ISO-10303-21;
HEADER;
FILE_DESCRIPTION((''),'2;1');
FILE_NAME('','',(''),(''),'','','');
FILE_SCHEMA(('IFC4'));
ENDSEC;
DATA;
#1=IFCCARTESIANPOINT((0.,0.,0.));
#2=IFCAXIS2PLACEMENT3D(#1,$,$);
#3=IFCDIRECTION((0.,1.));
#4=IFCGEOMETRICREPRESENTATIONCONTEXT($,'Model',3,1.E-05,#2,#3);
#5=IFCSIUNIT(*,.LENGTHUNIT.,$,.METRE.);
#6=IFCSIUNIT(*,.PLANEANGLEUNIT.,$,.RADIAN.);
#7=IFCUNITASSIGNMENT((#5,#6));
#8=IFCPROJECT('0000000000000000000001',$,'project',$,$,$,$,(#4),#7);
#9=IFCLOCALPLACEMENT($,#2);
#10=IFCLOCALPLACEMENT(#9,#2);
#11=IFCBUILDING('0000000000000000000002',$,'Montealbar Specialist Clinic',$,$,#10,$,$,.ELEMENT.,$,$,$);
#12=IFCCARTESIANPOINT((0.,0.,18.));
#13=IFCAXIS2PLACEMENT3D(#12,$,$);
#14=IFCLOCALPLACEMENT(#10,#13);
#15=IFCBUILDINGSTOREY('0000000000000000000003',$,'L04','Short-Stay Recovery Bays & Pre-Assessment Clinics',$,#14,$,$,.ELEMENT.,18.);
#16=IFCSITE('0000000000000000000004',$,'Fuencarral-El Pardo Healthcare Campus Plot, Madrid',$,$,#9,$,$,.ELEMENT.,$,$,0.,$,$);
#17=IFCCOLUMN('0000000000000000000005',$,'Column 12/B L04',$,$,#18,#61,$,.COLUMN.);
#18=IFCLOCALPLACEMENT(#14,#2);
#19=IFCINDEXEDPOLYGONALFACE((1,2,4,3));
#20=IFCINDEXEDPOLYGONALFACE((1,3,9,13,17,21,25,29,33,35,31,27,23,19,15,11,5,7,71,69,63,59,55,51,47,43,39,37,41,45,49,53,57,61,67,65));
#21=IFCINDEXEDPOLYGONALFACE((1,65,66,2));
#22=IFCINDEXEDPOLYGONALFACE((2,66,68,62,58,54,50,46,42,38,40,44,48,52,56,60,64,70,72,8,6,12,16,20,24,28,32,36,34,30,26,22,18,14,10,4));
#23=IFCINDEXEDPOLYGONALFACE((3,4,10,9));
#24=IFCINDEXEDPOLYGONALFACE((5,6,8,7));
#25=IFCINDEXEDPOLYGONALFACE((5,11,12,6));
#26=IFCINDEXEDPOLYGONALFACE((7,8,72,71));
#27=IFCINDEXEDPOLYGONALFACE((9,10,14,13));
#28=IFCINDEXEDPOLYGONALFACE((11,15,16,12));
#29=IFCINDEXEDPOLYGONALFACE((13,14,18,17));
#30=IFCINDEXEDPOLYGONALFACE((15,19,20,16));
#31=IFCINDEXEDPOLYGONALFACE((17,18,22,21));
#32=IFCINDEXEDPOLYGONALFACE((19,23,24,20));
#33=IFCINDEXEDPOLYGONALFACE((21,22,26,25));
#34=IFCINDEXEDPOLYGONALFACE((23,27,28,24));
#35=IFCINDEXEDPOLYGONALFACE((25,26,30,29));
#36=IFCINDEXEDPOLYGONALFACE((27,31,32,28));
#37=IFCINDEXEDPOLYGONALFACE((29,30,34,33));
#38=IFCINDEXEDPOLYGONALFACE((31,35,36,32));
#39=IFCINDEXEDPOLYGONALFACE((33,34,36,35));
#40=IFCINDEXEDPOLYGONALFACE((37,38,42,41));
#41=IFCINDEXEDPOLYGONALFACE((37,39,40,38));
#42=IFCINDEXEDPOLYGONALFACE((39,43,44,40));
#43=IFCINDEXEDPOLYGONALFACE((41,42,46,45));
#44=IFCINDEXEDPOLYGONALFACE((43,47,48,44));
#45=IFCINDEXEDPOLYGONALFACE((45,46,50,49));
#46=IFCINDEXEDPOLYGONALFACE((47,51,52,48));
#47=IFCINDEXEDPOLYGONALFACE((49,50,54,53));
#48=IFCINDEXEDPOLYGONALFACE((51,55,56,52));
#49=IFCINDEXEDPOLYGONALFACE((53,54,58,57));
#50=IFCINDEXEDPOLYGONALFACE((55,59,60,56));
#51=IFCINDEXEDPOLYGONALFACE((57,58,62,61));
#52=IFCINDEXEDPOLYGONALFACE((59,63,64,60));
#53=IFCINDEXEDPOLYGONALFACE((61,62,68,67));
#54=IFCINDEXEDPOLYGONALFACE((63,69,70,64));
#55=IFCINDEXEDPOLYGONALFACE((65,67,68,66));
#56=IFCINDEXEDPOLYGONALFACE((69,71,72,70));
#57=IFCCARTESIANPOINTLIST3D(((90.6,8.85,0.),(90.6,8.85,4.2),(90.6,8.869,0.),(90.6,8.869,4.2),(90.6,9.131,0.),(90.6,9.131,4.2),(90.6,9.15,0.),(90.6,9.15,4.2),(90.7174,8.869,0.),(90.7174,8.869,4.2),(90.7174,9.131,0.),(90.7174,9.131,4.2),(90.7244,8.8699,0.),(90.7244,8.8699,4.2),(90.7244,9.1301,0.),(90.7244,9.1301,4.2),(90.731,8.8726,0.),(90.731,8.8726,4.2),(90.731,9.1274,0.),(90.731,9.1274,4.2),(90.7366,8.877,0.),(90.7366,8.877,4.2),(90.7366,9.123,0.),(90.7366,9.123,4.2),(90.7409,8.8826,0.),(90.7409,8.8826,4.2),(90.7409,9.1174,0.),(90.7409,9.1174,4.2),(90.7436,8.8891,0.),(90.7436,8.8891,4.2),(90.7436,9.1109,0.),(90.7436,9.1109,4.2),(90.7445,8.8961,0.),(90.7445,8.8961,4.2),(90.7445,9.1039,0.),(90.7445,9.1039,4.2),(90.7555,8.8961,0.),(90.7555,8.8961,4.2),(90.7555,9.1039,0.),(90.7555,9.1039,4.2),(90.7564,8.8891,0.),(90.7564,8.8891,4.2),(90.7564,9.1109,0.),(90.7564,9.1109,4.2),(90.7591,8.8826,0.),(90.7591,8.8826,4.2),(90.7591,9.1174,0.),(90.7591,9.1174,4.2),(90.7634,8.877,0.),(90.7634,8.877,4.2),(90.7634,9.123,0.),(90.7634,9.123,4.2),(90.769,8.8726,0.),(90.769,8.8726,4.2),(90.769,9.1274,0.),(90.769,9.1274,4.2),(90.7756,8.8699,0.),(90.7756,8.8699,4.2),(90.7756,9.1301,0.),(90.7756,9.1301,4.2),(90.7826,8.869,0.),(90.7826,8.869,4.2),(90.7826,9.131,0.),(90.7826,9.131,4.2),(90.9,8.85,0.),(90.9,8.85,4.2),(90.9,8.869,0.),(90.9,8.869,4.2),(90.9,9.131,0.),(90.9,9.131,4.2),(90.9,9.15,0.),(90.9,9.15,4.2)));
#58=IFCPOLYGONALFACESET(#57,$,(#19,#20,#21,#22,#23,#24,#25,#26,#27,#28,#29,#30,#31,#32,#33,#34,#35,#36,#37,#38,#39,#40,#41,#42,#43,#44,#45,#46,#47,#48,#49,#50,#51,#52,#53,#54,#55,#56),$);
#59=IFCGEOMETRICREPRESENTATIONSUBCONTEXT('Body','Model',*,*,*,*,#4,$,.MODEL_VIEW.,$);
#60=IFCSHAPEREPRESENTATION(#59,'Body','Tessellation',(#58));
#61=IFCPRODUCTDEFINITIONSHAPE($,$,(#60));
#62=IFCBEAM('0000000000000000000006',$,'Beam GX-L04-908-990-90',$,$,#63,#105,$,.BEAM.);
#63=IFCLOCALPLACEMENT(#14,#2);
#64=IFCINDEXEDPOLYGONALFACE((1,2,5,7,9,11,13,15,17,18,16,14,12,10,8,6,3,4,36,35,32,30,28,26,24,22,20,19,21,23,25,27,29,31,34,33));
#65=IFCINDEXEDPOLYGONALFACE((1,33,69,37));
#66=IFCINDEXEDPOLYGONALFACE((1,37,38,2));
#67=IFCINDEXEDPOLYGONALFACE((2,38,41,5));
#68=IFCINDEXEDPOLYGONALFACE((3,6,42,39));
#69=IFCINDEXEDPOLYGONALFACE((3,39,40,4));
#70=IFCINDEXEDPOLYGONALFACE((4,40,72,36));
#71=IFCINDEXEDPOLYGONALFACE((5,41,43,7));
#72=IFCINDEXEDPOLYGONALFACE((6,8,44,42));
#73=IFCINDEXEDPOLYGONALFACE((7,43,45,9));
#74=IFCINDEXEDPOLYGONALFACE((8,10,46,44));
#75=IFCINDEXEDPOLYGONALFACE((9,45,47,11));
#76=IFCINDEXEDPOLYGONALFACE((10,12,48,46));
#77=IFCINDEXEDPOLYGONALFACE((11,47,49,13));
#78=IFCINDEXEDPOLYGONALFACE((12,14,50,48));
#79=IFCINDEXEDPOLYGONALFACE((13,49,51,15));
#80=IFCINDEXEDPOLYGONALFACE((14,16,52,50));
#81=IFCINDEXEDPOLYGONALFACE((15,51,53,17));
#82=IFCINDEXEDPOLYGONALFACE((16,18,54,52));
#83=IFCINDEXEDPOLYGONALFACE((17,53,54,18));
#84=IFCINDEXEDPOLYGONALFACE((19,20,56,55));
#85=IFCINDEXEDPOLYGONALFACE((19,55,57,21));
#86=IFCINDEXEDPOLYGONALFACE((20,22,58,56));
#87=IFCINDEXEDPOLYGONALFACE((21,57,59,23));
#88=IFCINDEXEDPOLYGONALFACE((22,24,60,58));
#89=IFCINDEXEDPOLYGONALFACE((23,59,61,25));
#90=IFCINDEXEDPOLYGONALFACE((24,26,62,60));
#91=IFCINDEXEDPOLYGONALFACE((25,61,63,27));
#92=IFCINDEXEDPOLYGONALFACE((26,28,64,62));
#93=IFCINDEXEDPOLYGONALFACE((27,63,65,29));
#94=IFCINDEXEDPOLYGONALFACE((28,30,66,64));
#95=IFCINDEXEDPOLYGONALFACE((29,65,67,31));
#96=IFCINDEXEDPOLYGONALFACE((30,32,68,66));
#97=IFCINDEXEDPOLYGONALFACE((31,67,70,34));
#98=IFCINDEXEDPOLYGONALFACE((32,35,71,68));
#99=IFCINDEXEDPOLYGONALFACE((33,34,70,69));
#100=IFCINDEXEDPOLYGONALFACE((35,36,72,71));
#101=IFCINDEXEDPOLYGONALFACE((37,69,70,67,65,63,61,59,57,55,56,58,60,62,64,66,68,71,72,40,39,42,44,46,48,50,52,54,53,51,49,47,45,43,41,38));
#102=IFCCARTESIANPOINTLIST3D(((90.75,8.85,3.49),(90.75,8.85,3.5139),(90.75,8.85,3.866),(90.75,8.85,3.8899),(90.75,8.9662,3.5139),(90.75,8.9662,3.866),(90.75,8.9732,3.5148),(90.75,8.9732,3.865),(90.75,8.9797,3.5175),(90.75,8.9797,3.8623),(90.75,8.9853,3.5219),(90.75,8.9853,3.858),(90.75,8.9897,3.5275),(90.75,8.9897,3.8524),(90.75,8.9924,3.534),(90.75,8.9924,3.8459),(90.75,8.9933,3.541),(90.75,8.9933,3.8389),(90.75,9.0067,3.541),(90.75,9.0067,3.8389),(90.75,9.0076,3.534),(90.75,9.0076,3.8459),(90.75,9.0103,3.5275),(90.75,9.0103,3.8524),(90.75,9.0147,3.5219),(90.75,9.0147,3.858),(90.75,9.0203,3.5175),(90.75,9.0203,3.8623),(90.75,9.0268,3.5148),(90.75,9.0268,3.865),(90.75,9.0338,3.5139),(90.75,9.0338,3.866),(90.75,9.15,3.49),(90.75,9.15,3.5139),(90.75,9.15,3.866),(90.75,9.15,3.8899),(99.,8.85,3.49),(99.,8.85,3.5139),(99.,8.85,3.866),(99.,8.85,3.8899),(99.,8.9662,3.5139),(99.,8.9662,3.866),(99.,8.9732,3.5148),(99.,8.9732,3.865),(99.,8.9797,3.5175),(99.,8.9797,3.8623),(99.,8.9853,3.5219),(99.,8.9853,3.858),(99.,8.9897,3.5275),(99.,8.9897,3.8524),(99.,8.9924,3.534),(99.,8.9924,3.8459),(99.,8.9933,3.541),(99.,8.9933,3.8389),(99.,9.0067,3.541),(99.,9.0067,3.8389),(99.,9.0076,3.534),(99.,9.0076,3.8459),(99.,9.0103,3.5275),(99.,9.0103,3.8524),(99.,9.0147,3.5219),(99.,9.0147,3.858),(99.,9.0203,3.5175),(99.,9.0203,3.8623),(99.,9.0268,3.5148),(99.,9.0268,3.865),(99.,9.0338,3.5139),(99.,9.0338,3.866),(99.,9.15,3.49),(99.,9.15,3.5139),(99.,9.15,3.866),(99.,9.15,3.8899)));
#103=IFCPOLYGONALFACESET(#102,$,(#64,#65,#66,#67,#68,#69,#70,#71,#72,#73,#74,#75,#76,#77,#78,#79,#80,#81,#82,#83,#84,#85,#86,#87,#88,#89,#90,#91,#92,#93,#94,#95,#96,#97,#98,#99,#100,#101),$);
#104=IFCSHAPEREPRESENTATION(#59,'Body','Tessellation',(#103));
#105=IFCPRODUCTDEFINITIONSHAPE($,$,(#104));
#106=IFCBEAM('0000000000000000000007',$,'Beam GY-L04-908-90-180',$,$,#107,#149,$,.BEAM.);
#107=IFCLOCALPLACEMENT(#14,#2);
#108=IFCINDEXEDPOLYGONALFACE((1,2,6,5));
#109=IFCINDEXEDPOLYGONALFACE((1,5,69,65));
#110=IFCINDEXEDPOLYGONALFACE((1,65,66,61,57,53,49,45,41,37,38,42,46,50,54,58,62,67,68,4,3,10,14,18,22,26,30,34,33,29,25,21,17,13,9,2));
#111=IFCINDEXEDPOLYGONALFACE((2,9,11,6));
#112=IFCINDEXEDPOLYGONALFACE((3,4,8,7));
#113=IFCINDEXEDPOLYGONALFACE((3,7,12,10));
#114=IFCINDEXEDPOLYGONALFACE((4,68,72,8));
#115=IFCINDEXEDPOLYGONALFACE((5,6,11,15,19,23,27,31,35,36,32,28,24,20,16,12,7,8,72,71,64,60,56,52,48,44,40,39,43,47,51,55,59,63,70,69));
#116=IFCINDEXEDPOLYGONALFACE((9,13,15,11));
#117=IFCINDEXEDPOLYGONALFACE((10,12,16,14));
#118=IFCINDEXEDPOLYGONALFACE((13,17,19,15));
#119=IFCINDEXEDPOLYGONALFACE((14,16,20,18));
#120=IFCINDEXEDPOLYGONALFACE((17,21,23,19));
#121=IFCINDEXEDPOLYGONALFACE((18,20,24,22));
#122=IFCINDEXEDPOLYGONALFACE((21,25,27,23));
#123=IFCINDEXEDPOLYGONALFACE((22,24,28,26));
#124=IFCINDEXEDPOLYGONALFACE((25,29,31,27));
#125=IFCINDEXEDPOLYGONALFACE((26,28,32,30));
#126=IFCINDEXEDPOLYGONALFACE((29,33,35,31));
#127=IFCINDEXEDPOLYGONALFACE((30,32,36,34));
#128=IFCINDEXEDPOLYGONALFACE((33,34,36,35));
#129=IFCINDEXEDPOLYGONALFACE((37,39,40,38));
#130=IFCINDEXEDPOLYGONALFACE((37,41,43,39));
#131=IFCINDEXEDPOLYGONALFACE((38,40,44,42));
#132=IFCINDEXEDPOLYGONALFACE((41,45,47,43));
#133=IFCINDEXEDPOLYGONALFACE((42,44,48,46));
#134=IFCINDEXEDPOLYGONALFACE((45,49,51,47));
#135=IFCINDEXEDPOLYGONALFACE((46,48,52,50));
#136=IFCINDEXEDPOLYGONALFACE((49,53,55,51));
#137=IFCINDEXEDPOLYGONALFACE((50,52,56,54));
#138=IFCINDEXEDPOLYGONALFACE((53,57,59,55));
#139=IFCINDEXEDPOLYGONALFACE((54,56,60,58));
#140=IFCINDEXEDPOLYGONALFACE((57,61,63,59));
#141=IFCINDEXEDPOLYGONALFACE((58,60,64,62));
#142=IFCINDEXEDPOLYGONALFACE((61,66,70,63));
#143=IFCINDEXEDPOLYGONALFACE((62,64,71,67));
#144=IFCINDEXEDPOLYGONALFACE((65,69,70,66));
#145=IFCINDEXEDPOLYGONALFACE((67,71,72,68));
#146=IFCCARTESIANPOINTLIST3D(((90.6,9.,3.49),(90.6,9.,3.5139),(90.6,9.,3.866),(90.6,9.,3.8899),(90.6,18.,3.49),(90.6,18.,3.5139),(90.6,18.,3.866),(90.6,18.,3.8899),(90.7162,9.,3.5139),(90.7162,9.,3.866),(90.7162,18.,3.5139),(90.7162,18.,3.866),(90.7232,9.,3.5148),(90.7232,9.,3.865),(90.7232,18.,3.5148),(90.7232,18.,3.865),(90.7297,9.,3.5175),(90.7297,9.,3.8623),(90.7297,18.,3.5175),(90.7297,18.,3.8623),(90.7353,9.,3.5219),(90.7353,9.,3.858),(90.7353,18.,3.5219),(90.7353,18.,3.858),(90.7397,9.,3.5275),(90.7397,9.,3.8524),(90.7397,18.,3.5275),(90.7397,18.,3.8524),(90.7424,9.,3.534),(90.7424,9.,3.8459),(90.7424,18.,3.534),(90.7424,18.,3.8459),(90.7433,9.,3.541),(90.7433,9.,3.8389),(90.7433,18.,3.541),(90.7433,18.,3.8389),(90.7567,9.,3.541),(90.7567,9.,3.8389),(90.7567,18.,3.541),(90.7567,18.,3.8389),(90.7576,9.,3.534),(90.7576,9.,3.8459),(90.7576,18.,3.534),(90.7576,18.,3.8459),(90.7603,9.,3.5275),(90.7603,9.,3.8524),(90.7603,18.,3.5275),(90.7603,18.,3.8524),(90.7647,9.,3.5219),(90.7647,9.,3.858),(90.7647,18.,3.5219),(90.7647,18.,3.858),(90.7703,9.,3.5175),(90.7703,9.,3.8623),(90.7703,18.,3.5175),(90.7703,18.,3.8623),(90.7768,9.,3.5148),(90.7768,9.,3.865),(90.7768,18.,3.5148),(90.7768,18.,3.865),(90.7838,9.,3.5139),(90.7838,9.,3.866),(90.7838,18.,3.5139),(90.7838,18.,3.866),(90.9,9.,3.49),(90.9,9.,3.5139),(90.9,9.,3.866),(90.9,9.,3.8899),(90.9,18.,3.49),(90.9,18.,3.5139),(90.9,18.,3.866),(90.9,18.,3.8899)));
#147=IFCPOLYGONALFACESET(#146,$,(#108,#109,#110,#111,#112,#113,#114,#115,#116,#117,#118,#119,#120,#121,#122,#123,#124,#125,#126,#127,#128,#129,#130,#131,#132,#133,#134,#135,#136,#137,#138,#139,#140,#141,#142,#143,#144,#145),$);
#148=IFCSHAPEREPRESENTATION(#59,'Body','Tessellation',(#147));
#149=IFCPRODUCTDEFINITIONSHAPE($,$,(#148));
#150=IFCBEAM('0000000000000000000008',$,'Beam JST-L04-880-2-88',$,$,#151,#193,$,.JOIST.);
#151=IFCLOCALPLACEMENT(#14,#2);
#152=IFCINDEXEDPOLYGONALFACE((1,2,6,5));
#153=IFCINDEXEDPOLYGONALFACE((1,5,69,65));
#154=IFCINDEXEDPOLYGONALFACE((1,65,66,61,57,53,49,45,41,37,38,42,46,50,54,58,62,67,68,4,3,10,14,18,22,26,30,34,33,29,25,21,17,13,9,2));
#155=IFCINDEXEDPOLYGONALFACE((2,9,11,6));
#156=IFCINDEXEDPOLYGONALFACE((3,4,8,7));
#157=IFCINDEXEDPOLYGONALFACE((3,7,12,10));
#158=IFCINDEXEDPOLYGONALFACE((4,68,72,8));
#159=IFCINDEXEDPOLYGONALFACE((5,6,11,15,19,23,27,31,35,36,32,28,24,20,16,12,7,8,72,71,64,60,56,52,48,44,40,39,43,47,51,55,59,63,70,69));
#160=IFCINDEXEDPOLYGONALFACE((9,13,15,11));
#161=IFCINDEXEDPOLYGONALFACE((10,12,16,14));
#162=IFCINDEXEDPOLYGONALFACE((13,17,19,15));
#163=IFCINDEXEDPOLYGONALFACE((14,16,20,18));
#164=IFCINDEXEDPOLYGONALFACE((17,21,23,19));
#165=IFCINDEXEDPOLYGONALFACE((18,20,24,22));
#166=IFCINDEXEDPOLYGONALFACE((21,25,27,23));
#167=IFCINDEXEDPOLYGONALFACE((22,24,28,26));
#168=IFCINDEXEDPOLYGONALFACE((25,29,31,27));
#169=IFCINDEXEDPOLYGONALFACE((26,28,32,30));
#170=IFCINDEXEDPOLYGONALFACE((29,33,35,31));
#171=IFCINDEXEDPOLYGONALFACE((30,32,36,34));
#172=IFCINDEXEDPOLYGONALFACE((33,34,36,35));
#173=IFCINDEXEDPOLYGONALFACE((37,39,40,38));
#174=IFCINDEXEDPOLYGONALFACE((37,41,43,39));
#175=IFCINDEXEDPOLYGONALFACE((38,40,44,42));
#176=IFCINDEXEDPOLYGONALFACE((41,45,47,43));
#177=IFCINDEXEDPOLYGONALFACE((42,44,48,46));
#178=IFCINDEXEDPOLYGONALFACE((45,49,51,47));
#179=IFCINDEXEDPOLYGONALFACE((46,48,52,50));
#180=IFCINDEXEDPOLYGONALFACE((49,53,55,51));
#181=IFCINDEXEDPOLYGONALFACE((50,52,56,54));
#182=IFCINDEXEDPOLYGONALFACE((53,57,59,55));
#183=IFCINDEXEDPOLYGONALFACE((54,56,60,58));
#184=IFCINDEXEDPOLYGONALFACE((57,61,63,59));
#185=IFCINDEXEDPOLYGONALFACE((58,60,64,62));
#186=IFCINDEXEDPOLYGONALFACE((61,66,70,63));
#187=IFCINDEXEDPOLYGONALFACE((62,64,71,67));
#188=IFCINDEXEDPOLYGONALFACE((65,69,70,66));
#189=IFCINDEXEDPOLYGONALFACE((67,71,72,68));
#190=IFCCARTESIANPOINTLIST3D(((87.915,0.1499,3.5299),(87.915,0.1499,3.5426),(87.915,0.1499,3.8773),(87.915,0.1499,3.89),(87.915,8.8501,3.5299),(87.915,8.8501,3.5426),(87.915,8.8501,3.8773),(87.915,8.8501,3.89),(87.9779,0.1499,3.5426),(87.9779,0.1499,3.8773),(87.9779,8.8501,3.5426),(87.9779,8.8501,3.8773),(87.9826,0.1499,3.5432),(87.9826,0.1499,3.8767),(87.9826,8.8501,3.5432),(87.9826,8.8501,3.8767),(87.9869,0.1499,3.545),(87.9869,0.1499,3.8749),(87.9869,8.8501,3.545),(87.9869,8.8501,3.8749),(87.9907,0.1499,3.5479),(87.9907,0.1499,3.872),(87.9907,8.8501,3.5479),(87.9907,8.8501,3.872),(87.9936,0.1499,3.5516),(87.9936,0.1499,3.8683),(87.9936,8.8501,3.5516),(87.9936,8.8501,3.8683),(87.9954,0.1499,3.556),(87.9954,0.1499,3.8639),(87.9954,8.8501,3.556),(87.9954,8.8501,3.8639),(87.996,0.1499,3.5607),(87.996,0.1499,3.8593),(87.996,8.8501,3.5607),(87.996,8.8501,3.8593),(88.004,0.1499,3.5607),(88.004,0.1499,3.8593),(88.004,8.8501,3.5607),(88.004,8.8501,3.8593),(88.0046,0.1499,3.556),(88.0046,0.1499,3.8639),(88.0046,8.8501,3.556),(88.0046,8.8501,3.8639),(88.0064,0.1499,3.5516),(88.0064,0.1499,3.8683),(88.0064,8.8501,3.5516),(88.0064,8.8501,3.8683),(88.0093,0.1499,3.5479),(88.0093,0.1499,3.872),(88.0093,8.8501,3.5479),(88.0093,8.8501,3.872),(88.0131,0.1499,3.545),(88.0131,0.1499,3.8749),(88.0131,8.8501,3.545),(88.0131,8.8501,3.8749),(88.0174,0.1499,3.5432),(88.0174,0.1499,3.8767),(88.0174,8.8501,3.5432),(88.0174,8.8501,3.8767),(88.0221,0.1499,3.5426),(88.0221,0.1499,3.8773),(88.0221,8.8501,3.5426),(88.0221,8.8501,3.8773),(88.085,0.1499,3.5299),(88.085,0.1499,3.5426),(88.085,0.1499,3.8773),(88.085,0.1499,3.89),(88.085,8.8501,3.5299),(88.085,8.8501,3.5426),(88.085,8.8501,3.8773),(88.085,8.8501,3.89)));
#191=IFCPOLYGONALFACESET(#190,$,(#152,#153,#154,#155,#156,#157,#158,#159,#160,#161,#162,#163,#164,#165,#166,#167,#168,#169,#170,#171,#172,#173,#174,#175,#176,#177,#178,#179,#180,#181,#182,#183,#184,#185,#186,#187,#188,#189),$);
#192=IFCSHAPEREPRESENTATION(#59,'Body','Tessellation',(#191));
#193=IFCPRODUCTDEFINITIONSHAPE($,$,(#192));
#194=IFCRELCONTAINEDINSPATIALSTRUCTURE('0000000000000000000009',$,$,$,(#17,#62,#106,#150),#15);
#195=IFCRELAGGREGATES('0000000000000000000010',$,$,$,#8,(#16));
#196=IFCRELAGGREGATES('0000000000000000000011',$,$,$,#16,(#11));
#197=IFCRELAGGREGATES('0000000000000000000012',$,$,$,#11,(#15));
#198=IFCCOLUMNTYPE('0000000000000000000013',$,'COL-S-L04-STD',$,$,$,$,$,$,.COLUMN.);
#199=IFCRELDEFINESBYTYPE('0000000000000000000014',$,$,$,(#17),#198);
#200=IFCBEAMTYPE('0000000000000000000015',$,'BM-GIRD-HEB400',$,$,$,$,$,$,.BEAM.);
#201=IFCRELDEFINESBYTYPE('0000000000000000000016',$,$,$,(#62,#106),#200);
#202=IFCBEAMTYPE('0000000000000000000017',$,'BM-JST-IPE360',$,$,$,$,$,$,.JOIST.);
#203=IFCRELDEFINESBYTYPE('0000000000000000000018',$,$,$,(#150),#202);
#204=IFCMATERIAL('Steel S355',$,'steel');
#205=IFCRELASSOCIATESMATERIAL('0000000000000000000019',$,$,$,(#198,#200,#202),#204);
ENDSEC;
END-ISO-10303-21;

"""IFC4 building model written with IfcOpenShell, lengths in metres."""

from ifc_helpers import new_model, si_unit, direction, frame, origin, origin_2d, place, context, subcontext, project, spatial, i_section, extrude, material, material_profile, profile_set, type_object, element, save


model = new_model("IFC4")

# Units and contexts
model_context = context("Model", 3, precision=1e-05, world=origin(), true_north=direction((0.0, 1.0)))
body_context = subcontext(model_context, "Body", "Model", "MODEL_VIEW")
ifc_project = project(units=[si_unit("LENGTHUNIT", "METRE"), si_unit("PLANEANGLEUNIT", "RADIAN")], contexts=[model_context])

# Site, building, storey
site_placement = place(None, origin())
site = spatial("IfcSite", under=ifc_project, at=site_placement, Name="Fuencarral-El Pardo Healthcare Campus Plot, Madrid", CompositionType="ELEMENT", RefElevation=0.0)
building_placement = place(site_placement, origin())
building = spatial("IfcBuilding", under=site, at=building_placement, Name="Montealbar Specialist Clinic", CompositionType="ELEMENT")
storey_placement = place(building_placement, frame((0.0, 0.0, 18.0)))
storey = spatial("IfcBuildingStorey", under=building, at=storey_placement, Name="L04", Description="Short-Stay Recovery Bays & Pre-Assessment Clinics", CompositionType="ELEMENT", Elevation=18.0)

# Column
ifc_material_1 = material(Name="Steel S355", Category="steel")
ifc_material_profile_1 = material_profile(ifc_material_1, i_section(OverallWidth=0.3, OverallDepth=0.3, WebThickness=0.011, FlangeThickness=0.019, FilletRadius=0.0271, at=origin_2d()), Name="HEB 300", Category="steel")
ifc_profile_set_1 = profile_set([ifc_material_profile_1], Name="Steel S355")
column_type = type_object("IfcColumnType", Name="COL-S-L04-STD", PredefinedType="COLUMN", material=ifc_profile_set_1)
column_placement = place(storey_placement, frame((90.75, 9.0, 0.0), z_axis=(0.0, 0.0, 1.0), x_axis=(1.0, 0.0, 0.0)))
element("IfcColumn", 1, at=column_placement, inside=storey, type_object=column_type, Name="Column 12/B L04", PredefinedType="COLUMN", context=body_context, shape_type="SweptSolid", body=[
    extrude(i_section(OverallWidth=0.3, OverallDepth=0.3, WebThickness=0.011, FlangeThickness=0.019, FilletRadius=0.0271, at=origin_2d()), origin(), (0.0, 0.0, 1.0), 4.2),
])

# Beams
ifc_material_profile_2 = material_profile(ifc_material_1, i_section(OverallWidth=0.3, OverallDepth=0.3999, WebThickness=0.0134, FlangeThickness=0.0239, FilletRadius=0.0271, at=origin_2d()), Name="HEB 400", Category="steel")
ifc_profile_set_2 = profile_set([ifc_material_profile_2], Name="Steel S355")
beam_type_1 = type_object("IfcBeamType", Name="BM-GIRD-HEB400", PredefinedType="BEAM", material=ifc_profile_set_2)
beam_1_placement = place(storey_placement, frame((90.75, 9.0, 3.6899), z_axis=(1.0, 0.0, 0.0), x_axis=(0.0, 1.0, 0.0)))
element("IfcBeam", 2, at=beam_1_placement, inside=storey, type_object=beam_type_1, Name="Beam GX-L04-908-990-90", PredefinedType="BEAM", context=body_context, shape_type="SweptSolid", body=[
    extrude(i_section(OverallWidth=0.3, OverallDepth=0.3999, WebThickness=0.0134, FlangeThickness=0.0239, FilletRadius=0.0271, at=origin_2d()), origin(), (0.0, 0.0, 1.0), 8.25),
])
beam_2_placement = place(storey_placement, frame((90.75, 9.0, 3.6899), z_axis=(0.0, 1.0, 0.0), x_axis=(-1.0, 0.0, 0.0)))
element("IfcBeam", 3, at=beam_2_placement, inside=storey, type_object=beam_type_1, Name="Beam GY-L04-908-90-180", PredefinedType="BEAM", context=body_context, shape_type="SweptSolid", body=[
    extrude(i_section(OverallWidth=0.3, OverallDepth=0.3999, WebThickness=0.0134, FlangeThickness=0.0239, FilletRadius=0.0271, at=origin_2d()), origin(), (0.0, 0.0, 1.0), 9.0),
])
ifc_material_profile_3 = material_profile(ifc_material_1, i_section(OverallWidth=0.1699, OverallDepth=0.3601, WebThickness=0.0081, FlangeThickness=0.0127, FilletRadius=0.0181, at=origin_2d()), Name="IPE 360", Category="steel")
ifc_profile_set_3 = profile_set([ifc_material_profile_3], Name="Steel S355")
beam_type_2 = type_object("IfcBeamType", Name="BM-JST-IPE360", PredefinedType="JOIST", material=ifc_profile_set_3)
beam_3_placement = place(storey_placement, frame((88.0, 0.1499, 3.71), z_axis=(0.0, 1.0, 0.0), x_axis=(-1.0, 0.0, 0.0)))
element("IfcBeam", 4, at=beam_3_placement, inside=storey, type_object=beam_type_2, Name="Beam JST-L04-880-2-88", PredefinedType="JOIST", context=body_context, shape_type="SweptSolid", body=[
    extrude(i_section(OverallWidth=0.1699, OverallDepth=0.3601, WebThickness=0.0081, FlangeThickness=0.0127, FilletRadius=0.0181, at=origin_2d()), origin(), (0.0, 0.0, 1.0), 8.7002),
])

save(model, "model.ifc")
